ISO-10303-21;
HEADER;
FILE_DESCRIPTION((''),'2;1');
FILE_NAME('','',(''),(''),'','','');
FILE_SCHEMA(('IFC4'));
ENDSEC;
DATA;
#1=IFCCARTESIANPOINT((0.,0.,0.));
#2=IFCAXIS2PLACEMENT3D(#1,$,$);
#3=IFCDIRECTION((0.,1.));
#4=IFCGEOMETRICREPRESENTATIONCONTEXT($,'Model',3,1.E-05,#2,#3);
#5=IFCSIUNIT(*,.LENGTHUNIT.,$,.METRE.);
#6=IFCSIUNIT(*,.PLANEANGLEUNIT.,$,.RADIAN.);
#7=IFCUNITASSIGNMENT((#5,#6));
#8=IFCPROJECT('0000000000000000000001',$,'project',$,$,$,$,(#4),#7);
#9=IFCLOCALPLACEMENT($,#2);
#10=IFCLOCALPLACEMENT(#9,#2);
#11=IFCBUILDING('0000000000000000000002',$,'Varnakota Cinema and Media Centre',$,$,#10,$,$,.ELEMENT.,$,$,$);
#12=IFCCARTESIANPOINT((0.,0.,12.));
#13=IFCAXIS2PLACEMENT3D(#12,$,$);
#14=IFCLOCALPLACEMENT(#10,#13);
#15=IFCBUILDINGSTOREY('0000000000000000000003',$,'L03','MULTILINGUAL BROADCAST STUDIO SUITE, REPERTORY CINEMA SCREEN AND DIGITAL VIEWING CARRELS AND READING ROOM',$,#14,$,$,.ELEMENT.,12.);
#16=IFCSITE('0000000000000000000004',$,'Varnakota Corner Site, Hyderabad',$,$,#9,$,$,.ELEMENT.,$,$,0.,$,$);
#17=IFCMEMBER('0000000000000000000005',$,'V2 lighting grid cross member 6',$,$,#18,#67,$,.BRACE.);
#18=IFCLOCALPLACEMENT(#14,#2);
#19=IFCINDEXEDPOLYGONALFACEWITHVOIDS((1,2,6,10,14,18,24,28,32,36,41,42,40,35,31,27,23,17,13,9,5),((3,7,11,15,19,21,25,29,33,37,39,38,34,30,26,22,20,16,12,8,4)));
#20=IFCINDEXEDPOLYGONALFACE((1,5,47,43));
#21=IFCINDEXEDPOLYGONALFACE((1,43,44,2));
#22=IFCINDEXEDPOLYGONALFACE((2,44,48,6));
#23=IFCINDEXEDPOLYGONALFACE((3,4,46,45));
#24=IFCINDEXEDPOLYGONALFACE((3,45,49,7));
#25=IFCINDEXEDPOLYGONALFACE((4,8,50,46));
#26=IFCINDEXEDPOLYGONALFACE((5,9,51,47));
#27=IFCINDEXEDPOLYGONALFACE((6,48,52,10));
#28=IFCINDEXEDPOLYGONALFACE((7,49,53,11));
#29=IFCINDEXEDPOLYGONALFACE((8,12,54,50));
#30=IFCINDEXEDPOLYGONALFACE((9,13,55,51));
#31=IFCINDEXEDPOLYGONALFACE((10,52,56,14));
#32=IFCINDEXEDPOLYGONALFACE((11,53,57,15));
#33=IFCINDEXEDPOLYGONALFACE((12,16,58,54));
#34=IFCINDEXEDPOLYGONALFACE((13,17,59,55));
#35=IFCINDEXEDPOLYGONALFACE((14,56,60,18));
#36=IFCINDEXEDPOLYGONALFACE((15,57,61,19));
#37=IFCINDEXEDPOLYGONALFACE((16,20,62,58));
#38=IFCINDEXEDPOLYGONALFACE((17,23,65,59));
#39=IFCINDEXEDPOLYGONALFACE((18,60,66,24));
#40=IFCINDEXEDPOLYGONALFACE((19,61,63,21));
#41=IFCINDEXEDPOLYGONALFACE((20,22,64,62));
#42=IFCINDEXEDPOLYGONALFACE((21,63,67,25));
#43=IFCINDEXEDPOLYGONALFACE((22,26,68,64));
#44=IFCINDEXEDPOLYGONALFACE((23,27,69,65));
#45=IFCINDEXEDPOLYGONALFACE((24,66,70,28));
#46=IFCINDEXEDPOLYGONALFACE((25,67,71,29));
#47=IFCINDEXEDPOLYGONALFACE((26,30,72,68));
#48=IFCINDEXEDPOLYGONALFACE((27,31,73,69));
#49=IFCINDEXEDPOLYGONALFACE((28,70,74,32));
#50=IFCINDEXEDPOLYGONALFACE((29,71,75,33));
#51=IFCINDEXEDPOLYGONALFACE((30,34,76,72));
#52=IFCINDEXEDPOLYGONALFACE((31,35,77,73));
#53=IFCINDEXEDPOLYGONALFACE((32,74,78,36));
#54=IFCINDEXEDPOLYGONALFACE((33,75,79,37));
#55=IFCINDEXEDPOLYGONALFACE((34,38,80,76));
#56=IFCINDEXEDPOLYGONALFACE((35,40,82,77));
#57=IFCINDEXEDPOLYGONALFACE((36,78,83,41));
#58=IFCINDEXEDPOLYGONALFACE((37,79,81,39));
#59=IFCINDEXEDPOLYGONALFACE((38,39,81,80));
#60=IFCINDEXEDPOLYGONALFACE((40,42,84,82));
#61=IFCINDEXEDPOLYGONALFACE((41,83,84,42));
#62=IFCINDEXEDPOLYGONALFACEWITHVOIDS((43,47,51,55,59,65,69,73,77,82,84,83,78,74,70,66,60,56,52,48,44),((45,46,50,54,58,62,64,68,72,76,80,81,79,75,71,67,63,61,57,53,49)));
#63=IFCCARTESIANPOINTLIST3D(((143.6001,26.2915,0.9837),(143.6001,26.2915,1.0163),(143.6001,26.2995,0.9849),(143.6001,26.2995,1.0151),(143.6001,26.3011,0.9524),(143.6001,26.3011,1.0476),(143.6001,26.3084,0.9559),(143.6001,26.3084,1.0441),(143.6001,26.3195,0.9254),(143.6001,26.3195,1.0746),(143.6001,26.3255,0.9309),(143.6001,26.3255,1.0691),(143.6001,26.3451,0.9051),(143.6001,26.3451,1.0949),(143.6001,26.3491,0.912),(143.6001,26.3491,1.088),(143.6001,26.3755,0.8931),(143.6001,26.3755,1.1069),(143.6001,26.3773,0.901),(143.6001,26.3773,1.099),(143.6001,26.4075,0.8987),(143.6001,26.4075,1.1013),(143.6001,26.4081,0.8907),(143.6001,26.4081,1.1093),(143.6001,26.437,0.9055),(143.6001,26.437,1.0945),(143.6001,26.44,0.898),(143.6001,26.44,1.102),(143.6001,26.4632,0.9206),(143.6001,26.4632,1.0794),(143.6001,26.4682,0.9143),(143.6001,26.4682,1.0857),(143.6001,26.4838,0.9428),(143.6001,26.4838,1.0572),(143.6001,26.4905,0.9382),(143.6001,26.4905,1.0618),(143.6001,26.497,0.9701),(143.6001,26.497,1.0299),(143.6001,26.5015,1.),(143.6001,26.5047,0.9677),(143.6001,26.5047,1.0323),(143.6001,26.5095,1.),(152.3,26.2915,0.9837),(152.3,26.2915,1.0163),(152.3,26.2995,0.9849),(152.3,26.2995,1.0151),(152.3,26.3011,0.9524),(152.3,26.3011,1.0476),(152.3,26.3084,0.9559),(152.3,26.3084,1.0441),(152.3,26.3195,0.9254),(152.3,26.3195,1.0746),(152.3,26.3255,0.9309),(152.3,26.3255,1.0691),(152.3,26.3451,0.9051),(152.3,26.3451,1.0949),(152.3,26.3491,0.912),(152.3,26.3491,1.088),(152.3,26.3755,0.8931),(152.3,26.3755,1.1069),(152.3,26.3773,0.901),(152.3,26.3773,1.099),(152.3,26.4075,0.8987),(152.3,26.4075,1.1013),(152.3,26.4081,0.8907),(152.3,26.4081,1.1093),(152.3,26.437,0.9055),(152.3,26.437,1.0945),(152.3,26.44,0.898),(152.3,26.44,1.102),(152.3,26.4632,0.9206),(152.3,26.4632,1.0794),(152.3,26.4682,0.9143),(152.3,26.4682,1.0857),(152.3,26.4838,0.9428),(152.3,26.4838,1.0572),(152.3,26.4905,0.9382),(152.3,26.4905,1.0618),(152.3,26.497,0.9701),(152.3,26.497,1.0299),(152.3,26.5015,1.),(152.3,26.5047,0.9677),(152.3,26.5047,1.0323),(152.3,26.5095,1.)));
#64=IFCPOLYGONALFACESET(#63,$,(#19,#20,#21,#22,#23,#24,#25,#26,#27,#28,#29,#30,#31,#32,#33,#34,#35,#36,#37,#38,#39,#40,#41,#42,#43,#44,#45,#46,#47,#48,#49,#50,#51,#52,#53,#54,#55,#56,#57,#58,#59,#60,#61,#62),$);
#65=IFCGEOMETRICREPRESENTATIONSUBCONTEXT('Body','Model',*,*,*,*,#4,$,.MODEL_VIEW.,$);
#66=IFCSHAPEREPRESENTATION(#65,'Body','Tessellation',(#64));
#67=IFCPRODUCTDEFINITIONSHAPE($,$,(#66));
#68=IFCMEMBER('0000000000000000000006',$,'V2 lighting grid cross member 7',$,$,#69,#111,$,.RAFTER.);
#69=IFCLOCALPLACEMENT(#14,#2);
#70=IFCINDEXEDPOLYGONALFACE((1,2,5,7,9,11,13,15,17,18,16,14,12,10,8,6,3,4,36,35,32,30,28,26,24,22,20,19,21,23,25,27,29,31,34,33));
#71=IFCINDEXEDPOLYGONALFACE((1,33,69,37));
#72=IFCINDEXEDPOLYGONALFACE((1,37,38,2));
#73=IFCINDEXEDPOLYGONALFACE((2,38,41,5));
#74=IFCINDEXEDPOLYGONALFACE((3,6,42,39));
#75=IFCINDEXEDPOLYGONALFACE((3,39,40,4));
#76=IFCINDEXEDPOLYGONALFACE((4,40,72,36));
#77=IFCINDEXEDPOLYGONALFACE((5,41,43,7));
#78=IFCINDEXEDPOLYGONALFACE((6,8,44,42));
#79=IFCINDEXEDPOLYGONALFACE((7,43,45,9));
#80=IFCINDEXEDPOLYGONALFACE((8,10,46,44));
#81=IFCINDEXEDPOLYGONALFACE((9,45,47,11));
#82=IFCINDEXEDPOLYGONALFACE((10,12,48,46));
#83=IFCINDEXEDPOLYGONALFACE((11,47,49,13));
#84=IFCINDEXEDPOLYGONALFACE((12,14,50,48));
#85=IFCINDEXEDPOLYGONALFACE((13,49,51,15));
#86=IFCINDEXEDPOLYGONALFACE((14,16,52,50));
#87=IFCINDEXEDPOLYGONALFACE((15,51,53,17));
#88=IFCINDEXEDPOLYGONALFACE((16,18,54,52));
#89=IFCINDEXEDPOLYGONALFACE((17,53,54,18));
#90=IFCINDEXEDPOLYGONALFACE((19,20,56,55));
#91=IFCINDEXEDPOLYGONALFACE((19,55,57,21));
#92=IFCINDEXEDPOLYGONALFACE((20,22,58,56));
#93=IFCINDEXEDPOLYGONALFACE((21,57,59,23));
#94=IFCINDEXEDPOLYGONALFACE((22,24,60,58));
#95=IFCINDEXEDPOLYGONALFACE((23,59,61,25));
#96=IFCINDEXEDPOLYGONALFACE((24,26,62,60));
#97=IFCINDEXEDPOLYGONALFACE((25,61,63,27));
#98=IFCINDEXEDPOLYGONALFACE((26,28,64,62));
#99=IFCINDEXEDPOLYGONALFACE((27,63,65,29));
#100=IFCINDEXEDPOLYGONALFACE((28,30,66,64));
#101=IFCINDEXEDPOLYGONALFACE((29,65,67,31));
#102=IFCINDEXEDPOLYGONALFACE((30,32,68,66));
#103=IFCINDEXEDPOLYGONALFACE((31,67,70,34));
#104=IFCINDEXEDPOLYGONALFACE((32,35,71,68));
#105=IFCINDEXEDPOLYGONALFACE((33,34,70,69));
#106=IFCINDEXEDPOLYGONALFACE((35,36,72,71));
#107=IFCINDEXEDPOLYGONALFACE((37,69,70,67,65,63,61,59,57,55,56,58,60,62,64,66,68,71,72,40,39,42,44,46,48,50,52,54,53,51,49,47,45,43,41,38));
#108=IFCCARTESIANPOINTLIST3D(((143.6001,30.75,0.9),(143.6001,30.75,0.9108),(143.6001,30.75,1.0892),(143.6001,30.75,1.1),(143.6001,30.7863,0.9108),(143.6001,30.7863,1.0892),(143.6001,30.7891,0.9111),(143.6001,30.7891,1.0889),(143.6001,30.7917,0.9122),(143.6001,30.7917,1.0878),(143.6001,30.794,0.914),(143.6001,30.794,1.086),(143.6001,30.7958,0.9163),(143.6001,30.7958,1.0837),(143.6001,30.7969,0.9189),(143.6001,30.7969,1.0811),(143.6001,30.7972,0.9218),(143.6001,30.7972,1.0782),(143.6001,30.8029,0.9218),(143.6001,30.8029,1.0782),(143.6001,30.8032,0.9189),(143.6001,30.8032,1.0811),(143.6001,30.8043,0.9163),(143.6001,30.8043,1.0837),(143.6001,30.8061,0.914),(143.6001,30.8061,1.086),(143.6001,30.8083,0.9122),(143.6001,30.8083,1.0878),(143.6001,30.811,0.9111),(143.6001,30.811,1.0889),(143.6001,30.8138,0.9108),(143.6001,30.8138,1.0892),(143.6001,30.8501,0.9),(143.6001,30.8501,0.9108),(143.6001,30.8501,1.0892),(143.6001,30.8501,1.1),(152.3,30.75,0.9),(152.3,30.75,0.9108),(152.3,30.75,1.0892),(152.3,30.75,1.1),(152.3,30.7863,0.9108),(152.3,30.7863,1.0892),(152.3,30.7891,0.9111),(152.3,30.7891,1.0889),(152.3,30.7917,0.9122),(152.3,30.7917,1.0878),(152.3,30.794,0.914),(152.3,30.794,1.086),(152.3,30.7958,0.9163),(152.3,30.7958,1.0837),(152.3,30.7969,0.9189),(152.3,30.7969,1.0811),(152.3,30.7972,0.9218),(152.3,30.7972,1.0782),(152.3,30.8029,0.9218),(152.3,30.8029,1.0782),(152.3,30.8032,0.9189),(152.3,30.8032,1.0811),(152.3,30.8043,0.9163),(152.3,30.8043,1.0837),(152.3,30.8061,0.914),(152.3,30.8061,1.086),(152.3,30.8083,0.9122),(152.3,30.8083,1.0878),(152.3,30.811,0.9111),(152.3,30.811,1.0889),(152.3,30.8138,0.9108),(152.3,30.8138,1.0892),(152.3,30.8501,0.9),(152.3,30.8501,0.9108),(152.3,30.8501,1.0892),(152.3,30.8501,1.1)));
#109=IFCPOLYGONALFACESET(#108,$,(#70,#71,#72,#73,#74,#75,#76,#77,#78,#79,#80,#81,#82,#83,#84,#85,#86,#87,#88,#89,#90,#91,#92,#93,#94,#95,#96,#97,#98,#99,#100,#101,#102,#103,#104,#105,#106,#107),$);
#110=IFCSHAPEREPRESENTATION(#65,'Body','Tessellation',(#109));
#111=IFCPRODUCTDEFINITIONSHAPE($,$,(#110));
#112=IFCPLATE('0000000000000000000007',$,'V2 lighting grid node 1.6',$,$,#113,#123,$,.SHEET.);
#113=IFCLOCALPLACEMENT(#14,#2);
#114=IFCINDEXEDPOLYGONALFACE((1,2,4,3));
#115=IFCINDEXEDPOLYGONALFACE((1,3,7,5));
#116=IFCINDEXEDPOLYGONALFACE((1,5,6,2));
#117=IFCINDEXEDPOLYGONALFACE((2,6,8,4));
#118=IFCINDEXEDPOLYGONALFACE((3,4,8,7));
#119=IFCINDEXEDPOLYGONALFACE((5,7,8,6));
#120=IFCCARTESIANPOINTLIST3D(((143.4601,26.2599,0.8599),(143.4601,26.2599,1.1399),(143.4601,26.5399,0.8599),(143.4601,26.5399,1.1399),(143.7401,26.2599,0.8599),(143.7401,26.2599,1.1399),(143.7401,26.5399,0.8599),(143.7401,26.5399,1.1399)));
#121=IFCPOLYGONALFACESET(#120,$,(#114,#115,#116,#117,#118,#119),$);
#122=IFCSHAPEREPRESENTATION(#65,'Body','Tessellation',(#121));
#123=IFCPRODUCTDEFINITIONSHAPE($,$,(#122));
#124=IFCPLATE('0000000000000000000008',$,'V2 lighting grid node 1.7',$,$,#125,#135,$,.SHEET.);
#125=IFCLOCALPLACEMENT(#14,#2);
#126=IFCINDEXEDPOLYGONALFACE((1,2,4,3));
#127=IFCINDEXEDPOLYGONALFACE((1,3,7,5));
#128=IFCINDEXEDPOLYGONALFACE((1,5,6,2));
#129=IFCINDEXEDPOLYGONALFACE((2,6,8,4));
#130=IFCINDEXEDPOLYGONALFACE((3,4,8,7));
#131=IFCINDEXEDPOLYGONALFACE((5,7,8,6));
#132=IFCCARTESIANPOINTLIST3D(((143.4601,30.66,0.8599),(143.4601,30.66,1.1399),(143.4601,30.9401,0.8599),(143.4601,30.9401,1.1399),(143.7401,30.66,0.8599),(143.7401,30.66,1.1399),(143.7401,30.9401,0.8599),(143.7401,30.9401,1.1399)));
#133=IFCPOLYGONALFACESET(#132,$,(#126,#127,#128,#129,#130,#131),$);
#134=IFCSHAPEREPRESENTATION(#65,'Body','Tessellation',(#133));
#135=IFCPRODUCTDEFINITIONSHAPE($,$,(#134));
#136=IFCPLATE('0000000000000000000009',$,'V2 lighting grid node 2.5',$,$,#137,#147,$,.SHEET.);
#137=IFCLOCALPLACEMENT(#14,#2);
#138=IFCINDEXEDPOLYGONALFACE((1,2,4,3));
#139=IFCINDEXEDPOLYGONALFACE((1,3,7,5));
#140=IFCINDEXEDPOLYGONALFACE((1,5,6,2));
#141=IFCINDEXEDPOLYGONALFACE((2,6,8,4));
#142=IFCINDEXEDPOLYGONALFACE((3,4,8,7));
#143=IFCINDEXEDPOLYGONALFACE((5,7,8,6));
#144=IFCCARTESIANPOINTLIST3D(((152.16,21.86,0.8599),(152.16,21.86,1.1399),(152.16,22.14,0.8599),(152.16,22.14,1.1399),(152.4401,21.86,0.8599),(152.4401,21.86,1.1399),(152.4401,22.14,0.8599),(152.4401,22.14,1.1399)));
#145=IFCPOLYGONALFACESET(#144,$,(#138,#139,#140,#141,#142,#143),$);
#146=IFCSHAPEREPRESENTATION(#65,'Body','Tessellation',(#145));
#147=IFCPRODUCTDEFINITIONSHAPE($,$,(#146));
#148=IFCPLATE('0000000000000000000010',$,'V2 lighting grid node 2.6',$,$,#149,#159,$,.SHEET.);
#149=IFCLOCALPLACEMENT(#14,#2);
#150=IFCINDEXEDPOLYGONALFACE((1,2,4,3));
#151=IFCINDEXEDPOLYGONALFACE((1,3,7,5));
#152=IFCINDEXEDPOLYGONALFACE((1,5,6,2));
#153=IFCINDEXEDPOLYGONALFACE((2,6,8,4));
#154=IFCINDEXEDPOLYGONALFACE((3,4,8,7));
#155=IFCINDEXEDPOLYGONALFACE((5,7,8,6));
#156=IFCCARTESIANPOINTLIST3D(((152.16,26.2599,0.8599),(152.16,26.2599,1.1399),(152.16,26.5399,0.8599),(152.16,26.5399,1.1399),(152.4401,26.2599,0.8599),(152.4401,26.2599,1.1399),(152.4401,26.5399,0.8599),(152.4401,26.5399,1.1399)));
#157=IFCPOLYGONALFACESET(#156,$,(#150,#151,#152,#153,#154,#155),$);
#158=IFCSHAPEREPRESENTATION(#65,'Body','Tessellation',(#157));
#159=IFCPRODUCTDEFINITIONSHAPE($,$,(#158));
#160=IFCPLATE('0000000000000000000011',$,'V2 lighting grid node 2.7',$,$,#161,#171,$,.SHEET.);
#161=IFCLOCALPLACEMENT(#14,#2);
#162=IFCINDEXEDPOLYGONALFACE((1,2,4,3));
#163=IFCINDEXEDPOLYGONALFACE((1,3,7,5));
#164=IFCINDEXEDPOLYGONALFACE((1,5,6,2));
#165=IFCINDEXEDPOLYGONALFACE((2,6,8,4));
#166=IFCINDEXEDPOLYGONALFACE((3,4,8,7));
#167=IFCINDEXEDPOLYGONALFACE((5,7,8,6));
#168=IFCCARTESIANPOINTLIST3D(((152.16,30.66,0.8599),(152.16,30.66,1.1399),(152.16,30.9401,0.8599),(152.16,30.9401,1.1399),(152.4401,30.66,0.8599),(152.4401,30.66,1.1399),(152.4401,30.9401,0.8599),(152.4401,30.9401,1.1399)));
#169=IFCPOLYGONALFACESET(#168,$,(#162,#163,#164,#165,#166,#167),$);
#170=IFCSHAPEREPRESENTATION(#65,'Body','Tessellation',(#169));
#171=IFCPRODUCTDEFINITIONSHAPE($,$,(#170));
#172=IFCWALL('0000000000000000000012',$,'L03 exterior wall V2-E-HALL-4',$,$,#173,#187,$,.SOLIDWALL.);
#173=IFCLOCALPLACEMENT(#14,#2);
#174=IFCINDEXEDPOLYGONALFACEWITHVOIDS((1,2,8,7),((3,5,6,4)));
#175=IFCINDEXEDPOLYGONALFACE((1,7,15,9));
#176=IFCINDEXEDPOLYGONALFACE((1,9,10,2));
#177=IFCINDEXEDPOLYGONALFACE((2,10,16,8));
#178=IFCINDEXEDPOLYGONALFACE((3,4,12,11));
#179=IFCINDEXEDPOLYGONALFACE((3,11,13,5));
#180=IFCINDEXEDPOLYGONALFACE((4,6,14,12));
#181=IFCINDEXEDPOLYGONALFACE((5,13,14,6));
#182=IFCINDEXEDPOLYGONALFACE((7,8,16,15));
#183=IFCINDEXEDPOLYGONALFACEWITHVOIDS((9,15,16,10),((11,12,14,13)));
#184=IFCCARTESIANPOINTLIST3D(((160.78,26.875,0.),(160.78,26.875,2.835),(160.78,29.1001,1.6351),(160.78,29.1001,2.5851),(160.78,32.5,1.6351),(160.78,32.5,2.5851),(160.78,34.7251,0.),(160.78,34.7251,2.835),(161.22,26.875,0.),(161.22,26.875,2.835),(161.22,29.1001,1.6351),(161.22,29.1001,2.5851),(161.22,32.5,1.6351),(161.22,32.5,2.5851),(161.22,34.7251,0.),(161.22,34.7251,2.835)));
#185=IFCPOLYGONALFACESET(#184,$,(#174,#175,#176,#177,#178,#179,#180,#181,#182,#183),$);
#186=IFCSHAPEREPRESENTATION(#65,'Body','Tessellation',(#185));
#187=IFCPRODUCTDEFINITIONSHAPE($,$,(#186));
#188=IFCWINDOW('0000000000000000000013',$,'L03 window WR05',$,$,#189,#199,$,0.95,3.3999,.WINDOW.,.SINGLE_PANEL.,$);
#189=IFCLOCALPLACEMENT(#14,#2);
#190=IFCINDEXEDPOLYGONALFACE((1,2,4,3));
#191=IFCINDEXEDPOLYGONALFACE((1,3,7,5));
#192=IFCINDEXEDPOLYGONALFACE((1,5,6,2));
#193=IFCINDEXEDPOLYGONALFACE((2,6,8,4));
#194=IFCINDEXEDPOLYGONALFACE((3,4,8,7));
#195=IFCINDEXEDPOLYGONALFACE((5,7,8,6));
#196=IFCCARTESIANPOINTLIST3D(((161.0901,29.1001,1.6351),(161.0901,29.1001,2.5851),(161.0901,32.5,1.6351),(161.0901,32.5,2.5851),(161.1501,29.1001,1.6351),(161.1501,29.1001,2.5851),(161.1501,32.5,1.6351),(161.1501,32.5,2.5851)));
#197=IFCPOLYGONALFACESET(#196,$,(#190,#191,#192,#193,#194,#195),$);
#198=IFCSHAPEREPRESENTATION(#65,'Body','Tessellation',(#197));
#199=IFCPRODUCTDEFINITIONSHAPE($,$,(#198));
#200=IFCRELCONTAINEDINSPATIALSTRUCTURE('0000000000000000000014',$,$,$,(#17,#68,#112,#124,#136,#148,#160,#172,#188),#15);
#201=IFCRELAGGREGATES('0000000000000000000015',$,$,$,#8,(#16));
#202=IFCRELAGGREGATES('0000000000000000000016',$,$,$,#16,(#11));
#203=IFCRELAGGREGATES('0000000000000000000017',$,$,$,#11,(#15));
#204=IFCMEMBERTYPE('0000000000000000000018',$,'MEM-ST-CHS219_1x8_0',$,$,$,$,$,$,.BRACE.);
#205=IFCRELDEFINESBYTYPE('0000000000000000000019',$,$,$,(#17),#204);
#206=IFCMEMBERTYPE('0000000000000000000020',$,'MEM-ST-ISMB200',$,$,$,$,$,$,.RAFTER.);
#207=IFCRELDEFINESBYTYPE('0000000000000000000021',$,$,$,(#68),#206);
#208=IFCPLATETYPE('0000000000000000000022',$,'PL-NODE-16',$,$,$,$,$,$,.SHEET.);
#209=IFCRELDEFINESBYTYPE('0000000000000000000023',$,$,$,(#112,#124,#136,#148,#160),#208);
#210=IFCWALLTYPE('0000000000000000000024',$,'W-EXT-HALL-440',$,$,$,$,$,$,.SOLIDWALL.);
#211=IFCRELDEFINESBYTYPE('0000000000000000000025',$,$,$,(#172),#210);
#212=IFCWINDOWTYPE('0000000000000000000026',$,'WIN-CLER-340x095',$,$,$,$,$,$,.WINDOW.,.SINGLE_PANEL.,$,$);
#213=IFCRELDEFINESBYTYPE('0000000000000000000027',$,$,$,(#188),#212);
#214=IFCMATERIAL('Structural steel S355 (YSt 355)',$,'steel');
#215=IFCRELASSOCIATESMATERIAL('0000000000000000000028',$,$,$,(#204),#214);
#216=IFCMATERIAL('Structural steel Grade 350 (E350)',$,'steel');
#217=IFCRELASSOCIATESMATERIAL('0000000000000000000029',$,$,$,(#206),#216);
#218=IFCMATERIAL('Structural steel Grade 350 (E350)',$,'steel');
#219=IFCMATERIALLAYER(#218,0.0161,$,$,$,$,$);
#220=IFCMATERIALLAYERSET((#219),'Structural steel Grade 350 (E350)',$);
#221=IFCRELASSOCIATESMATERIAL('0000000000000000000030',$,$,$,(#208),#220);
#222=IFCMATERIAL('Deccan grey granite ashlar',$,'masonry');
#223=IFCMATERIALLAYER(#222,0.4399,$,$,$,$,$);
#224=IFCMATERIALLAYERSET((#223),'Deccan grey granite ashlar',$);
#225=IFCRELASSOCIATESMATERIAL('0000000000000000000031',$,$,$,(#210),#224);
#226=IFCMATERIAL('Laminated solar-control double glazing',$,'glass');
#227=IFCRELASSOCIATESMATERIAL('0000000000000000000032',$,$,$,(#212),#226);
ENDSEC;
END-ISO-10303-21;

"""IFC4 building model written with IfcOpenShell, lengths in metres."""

from ifc_helpers import new_model, si_unit, direction, frame, frame_2d, origin, origin_2d, place, context, subcontext, project, spatial, rectangle, hollow_circle, i_section, extrude, material, layer, layer_set, material_profile, profile_set, type_object, element, fill, save


model = new_model("IFC4")

# Units and contexts
model_context = context("Model", 3, precision=1e-05, world=origin(), true_north=direction((0.0, 1.0)))
body_context = subcontext(model_context, "Body", "Model", "MODEL_VIEW")
ifc_project = project(units=[si_unit("LENGTHUNIT", "METRE"), si_unit("PLANEANGLEUNIT", "RADIAN")], contexts=[model_context])

# Site, building, storey
site_placement = place(None, origin())
site = spatial("IfcSite", under=ifc_project, at=site_placement, Name="Varnakota Corner Site, Hyderabad", CompositionType="ELEMENT", RefElevation=0.0)
building_placement = place(site_placement, origin())
building = spatial("IfcBuilding", under=site, at=building_placement, Name="Varnakota Cinema and Media Centre", CompositionType="ELEMENT")
storey_placement = place(building_placement, frame((0.0, 0.0, 12.0)))
storey = spatial("IfcBuildingStorey", under=building, at=storey_placement, Name="L03", Description="MULTILINGUAL BROADCAST STUDIO SUITE, REPERTORY CINEMA SCREEN AND DIGITAL VIEWING CARRELS AND READING ROOM", CompositionType="ELEMENT", Elevation=12.0)

# Members
ifc_material_1 = material(Name="Structural steel S355 (YSt 355)", Category="steel")
ifc_material_profile_1 = material_profile(ifc_material_1, hollow_circle(Radius=0.1096, WallThickness=0.0081, at=origin_2d()), Name="CHS 219.1x8.0")
ifc_profile_set_1 = profile_set([ifc_material_profile_1], Name="Structural steel S355 (YSt 355)")
member_type_1 = type_object("IfcMemberType", Name="MEM-ST-CHS219_1x8_0", PredefinedType="BRACE", material=ifc_profile_set_1)
member_1_placement = place(storey_placement, frame((143.6001, 26.3999, 1.0), z_axis=(1.0, 0.0, 0.0), x_axis=(0.0, 1.0, 0.0)))
element("IfcMember", 1, at=member_1_placement, inside=storey, type_object=member_type_1, Name="V2 lighting grid cross member 6", PredefinedType="BRACE", context=body_context, shape_type="SweptSolid", body=[
    extrude(hollow_circle(Radius=0.1096, WallThickness=0.0081, at=origin_2d()), origin(), (0.0, 0.0, 1.0), 8.7),
])
ifc_material_2 = material(Name="Structural steel Grade 350 (E350)", Category="steel")
ifc_material_profile_2 = material_profile(ifc_material_2, i_section(OverallWidth=0.1001, OverallDepth=0.2, WebThickness=0.0056, FlangeThickness=0.0107, FilletRadius=0.011, at=origin_2d()), Name="ISMB 200")
ifc_profile_set_2 = profile_set([ifc_material_profile_2], Name="Structural steel Grade 350 (E350)")
member_type_2 = type_object("IfcMemberType", Name="MEM-ST-ISMB200", PredefinedType="RAFTER", material=ifc_profile_set_2)
member_2_placement = place(storey_placement, frame((143.6001, 30.8, 1.0), z_axis=(1.0, 0.0, 0.0), x_axis=(0.0, 1.0, 0.0)))
element("IfcMember", 2, at=member_2_placement, inside=storey, type_object=member_type_2, Name="V2 lighting grid cross member 7", PredefinedType="RAFTER", context=body_context, shape_type="SweptSolid", body=[
    extrude(i_section(OverallWidth=0.1001, OverallDepth=0.2, WebThickness=0.0056, FlangeThickness=0.0107, FilletRadius=0.011, at=origin_2d()), origin(), (0.0, 0.0, 1.0), 8.7),
])

# Plates
ifc_material_3 = material(Name="Structural steel Grade 350 (E350)", Category="steel")
ifc_layer_1 = layer(ifc_material_3, 0.0161)
ifc_layer_set_1 = layer_set([ifc_layer_1], Name="Structural steel Grade 350 (E350)")
plate_type = type_object("IfcPlateType", Name="PL-NODE-16", PredefinedType="SHEET", material=ifc_layer_set_1)
for number, where, z_axis, x_axis, name in (
    (3, (143.6001, 26.3999, 0.8599), (0.0, 0.0, 1.0), (1.0, 0.0, 0.0), "V2 lighting grid node 1.6"),
    (4, (143.6001, 30.8, 0.8599), (0.0, 0.0, 1.0), (1.0, 0.0, 0.0), "V2 lighting grid node 1.7"),
    (5, (152.3, 22.0, 0.8599), (0.0, 0.0, 1.0), (1.0, 0.0, 0.0), "V2 lighting grid node 2.5"),
    (6, (152.3, 26.3999, 0.8599), (0.0, 0.0, 1.0), (1.0, 0.0, 0.0), "V2 lighting grid node 2.6"),
    (7, (152.3, 30.8, 0.8599), (0.0, 0.0, 1.0), (1.0, 0.0, 0.0), "V2 lighting grid node 2.7"),
):
    element("IfcPlate", number, at=place(storey_placement, frame(where, z_axis=z_axis, x_axis=x_axis)), inside=storey, type_object=plate_type, Name=name, PredefinedType="SHEET", context=body_context, shape_type="SweptSolid", body=[
        extrude(rectangle(XDim=0.28, YDim=0.28, at=origin_2d()), origin(), (0.0, 0.0, 1.0), 0.28),
    ])

# Wall, opening, window
ifc_material_4 = material(Name="Deccan grey granite ashlar", Category="masonry")
ifc_layer_2 = layer(ifc_material_4, 0.4399)
ifc_layer_set_2 = layer_set([ifc_layer_2], Name="Deccan grey granite ashlar")
wall_type = type_object("IfcWallType", Name="W-EXT-HALL-440", PredefinedType="SOLIDWALL", material=ifc_layer_set_2)
wall_1_placement = place(storey_placement, frame((161.0, 26.875, 0.0), z_axis=(0.0, 0.0, 1.0), x_axis=(0.0, 1.0, 0.0)))
wall_1 = element("IfcWall", 8, at=wall_1_placement, inside=storey, type_object=wall_type, Name="L03 exterior wall V2-E-HALL-4", PredefinedType="SOLIDWALL", context=body_context, shape_type="SweptSolid", body=[
    extrude(rectangle(XDim=7.8501, YDim=0.4399, at=frame_2d((3.925, 0.0))), origin(), (0.0, 0.0, 1.0), 2.835),
])
opening_placement = place(wall_1_placement, frame((2.2251, 0.0, 1.635)))
opening = element("IfcOpeningElement", 9, at=opening_placement, cuts=wall_1, PredefinedType="OPENING", context=body_context, shape_type="SweptSolid", body=[
    extrude(rectangle(XDim=3.3999, YDim=0.95, at=frame_2d((1.7, 0.4751))), frame((0.0, 0.22, 0.0), z_axis=(0.0, -1.0, 0.0), x_axis=(1.0, 0.0, 0.0)), (0.0, 0.0, 1.0), 0.4399),
])
ifc_material_5 = material(Name="Laminated solar-control double glazing", Category="glass")
window_type = type_object("IfcWindowType", Name="WIN-CLER-340x095", PartitioningType="SINGLE_PANEL", PredefinedType="WINDOW", material=ifc_material_5)
window_placement = place(opening_placement, origin())
window = element("IfcWindow", 10, at=window_placement, inside=storey, type_object=window_type, Name="L03 window WR05", OverallHeight=0.95, OverallWidth=3.3999, PartitioningType="SINGLE_PANEL", PredefinedType="WINDOW", context=body_context, shape_type="SweptSolid", body=[
    extrude(rectangle(XDim=3.3999, YDim=0.95, at=frame_2d((1.7, 0.4751))), frame((0.0, -0.0901, 0.0), z_axis=(0.0, -1.0, 0.0), x_axis=(1.0, 0.0, 0.0)), (0.0, 0.0, 1.0), 0.0601),
])
fill(opening, window)

save(model, "model.ifc")
